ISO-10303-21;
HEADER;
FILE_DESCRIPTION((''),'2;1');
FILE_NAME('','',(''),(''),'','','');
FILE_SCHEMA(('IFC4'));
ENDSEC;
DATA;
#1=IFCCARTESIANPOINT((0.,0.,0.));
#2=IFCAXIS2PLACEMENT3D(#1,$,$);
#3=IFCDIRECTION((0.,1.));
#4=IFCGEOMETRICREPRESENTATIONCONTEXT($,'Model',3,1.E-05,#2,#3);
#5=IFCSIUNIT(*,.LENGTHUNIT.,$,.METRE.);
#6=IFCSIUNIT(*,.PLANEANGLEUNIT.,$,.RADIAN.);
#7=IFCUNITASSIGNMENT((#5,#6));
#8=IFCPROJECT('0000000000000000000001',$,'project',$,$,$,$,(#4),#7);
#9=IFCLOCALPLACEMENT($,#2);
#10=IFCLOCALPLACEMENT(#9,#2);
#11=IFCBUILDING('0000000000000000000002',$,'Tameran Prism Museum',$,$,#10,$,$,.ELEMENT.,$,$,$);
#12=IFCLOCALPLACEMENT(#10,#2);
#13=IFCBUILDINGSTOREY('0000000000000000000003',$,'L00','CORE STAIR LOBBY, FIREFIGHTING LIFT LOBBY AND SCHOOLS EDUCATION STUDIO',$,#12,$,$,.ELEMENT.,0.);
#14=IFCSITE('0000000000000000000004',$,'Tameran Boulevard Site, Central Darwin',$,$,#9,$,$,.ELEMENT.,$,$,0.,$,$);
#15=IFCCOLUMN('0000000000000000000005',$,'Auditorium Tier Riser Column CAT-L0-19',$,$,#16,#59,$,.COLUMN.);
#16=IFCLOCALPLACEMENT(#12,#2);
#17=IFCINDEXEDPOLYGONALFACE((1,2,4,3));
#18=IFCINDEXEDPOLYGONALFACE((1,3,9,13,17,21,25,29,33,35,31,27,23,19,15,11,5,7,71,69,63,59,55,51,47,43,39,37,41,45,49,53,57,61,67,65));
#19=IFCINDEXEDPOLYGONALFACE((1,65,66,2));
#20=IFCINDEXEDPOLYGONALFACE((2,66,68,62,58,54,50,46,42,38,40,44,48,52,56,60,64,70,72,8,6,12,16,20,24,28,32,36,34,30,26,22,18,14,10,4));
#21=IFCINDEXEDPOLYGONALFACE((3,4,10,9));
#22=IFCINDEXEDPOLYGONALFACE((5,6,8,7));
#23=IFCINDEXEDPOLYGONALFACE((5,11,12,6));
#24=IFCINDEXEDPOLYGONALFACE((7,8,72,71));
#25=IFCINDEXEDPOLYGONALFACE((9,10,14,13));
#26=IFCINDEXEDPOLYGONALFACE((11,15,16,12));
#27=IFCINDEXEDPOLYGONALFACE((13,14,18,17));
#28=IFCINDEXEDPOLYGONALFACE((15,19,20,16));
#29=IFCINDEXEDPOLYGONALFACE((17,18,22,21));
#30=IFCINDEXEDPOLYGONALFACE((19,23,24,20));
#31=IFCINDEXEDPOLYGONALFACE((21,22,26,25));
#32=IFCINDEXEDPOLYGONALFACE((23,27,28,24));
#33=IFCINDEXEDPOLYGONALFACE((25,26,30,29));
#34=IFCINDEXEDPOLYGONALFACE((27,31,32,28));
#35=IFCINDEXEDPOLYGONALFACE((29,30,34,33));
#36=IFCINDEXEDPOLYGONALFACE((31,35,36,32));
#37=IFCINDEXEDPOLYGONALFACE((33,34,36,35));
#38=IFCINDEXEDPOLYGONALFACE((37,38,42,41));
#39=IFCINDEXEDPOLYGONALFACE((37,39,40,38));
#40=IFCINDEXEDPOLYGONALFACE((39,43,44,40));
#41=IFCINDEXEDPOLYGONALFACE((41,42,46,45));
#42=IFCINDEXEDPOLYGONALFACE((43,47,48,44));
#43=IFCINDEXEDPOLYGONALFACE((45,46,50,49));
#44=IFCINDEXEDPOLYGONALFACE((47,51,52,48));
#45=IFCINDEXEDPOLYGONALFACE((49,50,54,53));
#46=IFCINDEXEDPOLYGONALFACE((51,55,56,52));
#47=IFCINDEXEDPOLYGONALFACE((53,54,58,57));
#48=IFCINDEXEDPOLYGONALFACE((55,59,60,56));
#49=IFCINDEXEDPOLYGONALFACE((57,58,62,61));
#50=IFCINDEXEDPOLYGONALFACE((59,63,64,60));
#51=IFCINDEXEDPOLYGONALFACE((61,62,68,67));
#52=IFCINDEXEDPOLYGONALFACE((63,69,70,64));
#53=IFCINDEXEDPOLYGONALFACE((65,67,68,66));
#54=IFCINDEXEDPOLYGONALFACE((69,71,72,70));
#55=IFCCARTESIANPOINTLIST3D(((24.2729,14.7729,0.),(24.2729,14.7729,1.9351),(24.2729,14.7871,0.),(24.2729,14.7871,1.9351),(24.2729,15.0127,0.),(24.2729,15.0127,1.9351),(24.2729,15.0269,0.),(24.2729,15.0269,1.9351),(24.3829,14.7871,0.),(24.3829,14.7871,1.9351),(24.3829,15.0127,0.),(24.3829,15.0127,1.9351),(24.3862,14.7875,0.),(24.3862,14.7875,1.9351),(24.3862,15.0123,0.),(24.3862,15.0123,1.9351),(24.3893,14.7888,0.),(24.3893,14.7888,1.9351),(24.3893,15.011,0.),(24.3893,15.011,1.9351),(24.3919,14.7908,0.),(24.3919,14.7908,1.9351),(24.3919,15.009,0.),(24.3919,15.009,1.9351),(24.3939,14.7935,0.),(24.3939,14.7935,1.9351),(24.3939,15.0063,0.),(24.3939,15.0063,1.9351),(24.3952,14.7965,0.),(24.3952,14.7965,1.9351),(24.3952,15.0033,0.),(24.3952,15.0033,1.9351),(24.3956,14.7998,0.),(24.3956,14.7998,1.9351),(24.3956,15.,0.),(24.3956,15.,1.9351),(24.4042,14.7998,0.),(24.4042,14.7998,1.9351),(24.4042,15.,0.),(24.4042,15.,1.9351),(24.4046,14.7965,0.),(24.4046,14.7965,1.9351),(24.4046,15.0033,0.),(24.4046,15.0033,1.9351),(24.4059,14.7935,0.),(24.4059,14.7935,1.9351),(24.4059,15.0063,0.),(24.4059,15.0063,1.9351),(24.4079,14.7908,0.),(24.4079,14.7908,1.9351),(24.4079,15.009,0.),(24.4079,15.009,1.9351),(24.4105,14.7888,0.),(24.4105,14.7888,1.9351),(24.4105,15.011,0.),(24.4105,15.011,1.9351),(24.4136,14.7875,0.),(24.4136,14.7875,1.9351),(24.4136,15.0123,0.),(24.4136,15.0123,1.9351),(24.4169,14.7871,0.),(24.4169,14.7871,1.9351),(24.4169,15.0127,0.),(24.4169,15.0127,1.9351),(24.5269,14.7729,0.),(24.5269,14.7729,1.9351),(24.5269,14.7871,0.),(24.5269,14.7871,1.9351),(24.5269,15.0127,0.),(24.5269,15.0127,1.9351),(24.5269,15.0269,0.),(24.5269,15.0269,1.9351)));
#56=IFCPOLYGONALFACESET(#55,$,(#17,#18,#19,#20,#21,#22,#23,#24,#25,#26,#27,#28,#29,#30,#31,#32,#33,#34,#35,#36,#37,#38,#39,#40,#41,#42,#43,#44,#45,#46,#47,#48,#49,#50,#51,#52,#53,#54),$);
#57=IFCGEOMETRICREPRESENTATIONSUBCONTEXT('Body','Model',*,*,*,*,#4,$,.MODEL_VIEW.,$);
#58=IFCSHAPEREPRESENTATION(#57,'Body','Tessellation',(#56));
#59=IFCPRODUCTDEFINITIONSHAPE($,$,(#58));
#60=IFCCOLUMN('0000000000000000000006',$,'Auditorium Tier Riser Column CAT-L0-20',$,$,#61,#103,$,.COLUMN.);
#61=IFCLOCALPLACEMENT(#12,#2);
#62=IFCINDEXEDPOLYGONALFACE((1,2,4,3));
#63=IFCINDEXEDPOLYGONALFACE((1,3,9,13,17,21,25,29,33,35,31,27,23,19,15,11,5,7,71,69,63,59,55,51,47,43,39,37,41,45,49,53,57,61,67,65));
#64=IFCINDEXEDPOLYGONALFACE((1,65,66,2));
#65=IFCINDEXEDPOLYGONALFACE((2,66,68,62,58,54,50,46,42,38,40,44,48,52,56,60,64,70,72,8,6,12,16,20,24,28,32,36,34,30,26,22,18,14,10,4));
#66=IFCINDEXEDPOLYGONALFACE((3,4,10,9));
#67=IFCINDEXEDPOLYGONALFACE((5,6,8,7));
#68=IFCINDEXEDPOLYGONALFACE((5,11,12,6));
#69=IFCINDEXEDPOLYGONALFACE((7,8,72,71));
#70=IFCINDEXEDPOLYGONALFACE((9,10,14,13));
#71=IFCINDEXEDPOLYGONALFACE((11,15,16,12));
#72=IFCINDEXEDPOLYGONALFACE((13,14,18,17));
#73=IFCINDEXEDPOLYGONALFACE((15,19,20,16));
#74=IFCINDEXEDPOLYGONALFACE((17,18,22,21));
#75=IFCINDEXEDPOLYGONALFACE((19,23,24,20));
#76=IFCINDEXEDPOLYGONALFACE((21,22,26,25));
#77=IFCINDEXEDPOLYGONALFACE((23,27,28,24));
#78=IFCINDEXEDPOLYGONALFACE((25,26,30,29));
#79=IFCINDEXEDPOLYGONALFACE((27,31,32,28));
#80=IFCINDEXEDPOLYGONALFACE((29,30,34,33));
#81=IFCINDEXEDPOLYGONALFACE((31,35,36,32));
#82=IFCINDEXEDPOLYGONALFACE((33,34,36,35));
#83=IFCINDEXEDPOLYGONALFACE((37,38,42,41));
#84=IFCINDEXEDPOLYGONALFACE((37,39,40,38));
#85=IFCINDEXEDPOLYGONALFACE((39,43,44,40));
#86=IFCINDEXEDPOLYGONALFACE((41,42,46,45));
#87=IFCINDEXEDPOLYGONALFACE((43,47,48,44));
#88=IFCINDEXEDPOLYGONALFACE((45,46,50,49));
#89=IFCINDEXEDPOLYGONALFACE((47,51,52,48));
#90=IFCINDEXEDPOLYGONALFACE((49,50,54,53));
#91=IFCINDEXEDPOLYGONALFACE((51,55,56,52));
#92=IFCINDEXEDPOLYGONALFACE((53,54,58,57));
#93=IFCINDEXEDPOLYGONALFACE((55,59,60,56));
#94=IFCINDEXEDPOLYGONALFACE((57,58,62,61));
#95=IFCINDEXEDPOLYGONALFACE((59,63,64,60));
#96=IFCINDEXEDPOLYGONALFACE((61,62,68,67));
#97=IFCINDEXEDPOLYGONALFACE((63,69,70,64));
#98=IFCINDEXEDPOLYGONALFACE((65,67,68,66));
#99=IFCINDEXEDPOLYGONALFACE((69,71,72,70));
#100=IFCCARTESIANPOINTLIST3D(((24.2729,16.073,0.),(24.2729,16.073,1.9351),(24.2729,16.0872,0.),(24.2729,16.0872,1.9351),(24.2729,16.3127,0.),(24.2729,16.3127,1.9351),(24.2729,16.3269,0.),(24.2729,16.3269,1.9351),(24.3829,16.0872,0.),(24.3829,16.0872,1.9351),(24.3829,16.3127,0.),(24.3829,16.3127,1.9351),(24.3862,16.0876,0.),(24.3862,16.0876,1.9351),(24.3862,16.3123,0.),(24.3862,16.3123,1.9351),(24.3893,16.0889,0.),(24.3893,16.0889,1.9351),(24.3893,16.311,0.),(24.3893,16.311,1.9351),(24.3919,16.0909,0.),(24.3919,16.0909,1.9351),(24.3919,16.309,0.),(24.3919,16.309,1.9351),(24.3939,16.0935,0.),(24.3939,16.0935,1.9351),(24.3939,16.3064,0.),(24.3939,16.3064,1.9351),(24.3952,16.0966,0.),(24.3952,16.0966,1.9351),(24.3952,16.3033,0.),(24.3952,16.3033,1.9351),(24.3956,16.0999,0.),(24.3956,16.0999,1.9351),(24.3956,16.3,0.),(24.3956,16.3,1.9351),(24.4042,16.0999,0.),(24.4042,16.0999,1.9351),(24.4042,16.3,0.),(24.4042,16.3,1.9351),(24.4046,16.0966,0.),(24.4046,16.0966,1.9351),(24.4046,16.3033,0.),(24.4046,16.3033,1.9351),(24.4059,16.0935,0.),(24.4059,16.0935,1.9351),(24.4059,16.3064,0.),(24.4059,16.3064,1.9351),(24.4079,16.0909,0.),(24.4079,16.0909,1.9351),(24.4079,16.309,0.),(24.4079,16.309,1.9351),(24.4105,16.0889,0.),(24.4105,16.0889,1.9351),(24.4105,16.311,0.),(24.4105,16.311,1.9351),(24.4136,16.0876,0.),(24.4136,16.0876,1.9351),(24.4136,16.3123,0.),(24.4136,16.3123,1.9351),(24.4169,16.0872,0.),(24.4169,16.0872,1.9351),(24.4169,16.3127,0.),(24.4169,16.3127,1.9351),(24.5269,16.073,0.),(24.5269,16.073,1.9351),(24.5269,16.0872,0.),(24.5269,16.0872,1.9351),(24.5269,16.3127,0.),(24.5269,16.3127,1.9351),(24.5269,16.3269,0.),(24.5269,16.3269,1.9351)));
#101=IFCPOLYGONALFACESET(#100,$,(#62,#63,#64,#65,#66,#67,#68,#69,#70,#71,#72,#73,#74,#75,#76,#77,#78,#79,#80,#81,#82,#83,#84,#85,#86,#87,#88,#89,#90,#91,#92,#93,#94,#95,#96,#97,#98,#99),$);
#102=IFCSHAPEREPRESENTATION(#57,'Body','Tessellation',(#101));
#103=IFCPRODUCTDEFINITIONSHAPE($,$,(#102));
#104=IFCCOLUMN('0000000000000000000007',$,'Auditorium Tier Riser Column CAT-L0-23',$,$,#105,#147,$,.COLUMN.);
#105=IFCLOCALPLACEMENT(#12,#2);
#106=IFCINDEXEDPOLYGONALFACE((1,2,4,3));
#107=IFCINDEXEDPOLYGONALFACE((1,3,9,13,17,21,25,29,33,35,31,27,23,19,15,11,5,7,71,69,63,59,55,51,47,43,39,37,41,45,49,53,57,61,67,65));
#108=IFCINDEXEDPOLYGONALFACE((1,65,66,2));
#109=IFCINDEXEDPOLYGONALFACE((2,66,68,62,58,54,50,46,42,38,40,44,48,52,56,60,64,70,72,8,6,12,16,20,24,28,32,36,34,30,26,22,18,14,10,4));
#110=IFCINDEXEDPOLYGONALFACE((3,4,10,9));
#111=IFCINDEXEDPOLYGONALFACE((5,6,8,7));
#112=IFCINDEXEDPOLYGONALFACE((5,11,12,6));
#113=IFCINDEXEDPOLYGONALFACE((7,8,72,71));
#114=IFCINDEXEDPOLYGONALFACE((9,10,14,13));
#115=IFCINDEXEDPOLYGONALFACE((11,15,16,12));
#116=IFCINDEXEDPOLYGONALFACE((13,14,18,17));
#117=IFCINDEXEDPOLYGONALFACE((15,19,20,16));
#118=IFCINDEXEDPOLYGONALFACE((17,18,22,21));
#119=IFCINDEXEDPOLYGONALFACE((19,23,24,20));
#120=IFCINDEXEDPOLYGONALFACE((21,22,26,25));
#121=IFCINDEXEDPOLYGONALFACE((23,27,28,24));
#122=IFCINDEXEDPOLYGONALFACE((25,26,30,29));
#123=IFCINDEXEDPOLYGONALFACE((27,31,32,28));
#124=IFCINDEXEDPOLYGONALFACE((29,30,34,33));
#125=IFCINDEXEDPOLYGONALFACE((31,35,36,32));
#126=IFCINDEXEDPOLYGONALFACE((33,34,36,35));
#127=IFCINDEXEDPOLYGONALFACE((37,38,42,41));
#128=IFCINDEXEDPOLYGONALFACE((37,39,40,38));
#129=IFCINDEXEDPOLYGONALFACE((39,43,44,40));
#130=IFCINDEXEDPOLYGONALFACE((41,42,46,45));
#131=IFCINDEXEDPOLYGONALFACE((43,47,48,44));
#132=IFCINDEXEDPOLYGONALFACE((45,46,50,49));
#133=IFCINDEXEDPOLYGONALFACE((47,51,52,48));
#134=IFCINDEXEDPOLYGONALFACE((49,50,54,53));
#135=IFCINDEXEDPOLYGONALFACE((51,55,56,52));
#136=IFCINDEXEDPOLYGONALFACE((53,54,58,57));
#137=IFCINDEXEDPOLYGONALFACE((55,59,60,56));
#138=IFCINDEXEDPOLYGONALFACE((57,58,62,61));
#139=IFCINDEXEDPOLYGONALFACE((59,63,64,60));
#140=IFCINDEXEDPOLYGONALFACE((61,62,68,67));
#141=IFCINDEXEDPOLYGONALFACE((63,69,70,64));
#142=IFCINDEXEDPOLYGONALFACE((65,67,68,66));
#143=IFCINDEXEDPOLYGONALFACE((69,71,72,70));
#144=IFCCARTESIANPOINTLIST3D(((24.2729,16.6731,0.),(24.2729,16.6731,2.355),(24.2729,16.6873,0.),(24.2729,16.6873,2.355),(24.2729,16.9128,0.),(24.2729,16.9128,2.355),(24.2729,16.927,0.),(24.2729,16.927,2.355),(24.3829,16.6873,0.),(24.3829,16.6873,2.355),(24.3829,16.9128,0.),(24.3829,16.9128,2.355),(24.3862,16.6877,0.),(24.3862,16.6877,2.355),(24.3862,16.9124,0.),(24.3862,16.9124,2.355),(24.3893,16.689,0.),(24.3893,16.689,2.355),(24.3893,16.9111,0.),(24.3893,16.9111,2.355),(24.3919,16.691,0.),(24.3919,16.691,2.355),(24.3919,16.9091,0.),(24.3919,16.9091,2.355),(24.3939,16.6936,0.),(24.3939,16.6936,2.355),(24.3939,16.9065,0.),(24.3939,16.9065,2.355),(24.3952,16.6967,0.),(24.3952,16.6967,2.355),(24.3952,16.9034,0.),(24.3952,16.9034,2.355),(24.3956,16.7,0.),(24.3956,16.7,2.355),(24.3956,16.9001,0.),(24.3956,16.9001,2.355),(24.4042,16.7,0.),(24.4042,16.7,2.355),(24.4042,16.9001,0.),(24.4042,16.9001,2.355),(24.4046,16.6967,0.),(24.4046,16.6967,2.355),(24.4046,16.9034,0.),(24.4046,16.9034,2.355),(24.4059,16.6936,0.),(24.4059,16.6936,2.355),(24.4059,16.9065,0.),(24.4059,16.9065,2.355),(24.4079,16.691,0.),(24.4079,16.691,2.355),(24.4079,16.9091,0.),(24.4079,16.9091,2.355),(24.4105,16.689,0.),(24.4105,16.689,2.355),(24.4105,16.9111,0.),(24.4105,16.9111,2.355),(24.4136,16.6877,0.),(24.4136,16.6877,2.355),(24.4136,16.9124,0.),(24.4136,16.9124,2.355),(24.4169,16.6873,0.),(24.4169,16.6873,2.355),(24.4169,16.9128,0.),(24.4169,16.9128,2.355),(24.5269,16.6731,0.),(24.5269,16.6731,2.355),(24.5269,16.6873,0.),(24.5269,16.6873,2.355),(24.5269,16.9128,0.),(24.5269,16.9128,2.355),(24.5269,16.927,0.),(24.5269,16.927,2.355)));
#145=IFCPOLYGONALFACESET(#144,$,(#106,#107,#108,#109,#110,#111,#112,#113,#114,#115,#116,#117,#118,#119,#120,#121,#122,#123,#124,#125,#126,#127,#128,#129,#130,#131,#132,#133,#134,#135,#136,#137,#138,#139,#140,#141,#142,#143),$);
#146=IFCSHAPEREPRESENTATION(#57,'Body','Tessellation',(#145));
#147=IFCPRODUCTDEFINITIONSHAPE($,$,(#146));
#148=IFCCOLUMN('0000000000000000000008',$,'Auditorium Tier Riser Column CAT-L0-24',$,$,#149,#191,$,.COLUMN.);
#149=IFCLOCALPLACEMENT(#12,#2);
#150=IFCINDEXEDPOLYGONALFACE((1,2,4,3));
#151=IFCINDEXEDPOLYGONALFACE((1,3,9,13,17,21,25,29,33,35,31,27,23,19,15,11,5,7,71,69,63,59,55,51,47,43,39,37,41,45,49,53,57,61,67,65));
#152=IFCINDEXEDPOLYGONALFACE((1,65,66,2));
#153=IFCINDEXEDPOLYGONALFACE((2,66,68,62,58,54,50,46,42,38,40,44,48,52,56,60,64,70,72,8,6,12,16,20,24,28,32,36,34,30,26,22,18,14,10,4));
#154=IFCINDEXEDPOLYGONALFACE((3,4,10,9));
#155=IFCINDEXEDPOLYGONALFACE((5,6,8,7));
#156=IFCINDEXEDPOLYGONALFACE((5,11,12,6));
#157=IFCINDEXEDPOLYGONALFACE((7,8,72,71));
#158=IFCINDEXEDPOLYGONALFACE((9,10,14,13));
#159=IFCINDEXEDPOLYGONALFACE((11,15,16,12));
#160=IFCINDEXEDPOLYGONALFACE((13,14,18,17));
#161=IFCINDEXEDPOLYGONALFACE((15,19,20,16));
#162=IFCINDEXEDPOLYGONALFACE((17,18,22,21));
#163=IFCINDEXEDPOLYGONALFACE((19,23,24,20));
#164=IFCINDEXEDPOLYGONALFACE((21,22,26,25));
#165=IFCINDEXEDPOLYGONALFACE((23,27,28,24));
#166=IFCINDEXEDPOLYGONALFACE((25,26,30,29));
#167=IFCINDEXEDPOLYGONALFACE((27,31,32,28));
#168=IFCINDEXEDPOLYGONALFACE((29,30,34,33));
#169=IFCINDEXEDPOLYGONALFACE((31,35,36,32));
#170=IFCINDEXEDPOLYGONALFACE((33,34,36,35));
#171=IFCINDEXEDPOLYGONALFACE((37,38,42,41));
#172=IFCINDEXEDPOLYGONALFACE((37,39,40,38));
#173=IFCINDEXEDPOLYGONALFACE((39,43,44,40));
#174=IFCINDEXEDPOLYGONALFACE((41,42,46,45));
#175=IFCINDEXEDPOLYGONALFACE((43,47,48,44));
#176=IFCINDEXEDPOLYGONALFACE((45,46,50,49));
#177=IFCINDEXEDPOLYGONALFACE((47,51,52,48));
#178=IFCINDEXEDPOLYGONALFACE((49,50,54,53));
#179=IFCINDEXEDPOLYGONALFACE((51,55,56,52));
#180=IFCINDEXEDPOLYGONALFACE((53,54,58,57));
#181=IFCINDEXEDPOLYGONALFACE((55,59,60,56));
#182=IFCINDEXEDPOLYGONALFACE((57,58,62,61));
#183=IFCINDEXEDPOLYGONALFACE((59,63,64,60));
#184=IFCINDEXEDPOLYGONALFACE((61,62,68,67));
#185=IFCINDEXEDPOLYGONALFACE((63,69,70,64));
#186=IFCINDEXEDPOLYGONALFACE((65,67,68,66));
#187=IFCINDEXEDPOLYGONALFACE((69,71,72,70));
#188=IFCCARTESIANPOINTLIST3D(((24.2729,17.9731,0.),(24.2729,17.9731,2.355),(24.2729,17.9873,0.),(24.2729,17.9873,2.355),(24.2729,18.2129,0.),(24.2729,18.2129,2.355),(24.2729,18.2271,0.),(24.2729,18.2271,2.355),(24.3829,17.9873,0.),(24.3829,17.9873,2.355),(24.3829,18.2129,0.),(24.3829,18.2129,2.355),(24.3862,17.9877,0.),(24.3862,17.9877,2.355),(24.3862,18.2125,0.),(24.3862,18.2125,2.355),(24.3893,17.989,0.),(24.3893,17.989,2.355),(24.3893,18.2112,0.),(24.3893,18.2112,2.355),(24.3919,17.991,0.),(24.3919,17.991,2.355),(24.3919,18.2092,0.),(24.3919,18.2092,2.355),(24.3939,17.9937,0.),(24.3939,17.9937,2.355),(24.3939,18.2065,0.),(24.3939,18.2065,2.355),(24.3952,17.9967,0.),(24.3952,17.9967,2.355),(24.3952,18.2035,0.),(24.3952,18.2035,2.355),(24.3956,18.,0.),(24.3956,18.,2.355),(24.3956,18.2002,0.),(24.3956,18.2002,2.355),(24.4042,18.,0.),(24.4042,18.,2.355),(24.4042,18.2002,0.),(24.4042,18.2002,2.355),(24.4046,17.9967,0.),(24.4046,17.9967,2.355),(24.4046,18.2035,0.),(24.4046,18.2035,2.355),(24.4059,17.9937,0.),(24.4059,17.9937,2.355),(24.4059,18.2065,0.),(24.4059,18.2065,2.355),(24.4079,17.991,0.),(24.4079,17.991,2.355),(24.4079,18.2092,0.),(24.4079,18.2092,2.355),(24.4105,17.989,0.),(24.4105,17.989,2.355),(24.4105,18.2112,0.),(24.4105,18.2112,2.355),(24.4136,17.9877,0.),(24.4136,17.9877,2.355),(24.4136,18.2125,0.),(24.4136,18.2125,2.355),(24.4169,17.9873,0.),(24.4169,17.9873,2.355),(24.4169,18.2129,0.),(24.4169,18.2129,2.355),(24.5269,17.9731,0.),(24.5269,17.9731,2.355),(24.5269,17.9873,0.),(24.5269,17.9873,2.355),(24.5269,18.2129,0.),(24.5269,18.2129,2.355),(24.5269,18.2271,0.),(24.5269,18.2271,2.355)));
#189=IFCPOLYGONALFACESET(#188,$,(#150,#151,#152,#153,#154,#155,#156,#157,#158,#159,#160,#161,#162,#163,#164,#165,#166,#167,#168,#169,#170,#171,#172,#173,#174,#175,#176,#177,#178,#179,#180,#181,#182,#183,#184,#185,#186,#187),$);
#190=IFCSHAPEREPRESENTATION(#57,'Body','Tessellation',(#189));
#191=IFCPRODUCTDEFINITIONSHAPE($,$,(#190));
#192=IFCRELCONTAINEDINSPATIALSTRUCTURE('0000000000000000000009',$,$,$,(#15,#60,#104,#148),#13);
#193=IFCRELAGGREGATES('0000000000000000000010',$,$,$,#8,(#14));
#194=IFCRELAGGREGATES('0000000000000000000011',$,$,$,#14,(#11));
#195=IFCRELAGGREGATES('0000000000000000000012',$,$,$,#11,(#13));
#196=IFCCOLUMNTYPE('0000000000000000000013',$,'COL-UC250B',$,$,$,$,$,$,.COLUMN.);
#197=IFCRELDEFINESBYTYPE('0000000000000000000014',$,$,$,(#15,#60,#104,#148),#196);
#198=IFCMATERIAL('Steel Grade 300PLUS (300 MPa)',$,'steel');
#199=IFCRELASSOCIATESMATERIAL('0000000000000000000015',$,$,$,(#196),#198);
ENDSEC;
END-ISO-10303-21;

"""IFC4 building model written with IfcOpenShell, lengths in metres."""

from ifc_helpers import new_model, si_unit, direction, frame, origin, origin_2d, place, context, subcontext, project, spatial, i_section, extrude, material, material_profile, profile_set, type_object, element, save


model = new_model("IFC4")

# Units and contexts
model_context = context("Model", 3, precision=1e-05, world=origin(), true_north=direction((0.0, 1.0)))
body_context = subcontext(model_context, "Body", "Model", "MODEL_VIEW")
ifc_project = project(units=[si_unit("LENGTHUNIT", "METRE"), si_unit("PLANEANGLEUNIT", "RADIAN")], contexts=[model_context])

# Site, building, storey
site_placement = place(None, origin())
site = spatial("IfcSite", under=ifc_project, at=site_placement, Name="Tameran Boulevard Site, Central Darwin", CompositionType="ELEMENT", RefElevation=0.0)
building_placement = place(site_placement, origin())
building = spatial("IfcBuilding", under=site, at=building_placement, Name="Tameran Prism Museum", CompositionType="ELEMENT")
storey_placement = place(building_placement, origin())
storey = spatial("IfcBuildingStorey", under=building, at=storey_placement, Name="L00", Description="CORE STAIR LOBBY, FIREFIGHTING LIFT LOBBY AND SCHOOLS EDUCATION STUDIO", CompositionType="ELEMENT", Elevation=0.0)

# Columns
ifc_material_1 = material(Name="Steel Grade 300PLUS (300 MPa)", Category="steel")
ifc_material_profile_1 = material_profile(ifc_material_1, i_section(OverallWidth=0.2539, OverallDepth=0.2539, WebThickness=0.0085, FlangeThickness=0.0142, FilletRadius=0.0127, at=origin_2d()))
ifc_profile_set_1 = profile_set([ifc_material_profile_1])
column_type_1 = type_object("IfcColumnType", Name="COL-UC250B", PredefinedType="COLUMN", material=ifc_profile_set_1)
for number, where, z_axis, x_axis, name in (
    (1, (24.3999, 14.8999, 0.0), (0.0, 0.0, 1.0), (1.0, 0.0, 0.0), "Auditorium Tier Riser Column CAT-L0-19"),
    (2, (24.3999, 16.2, 0.0), (0.0, 0.0, 1.0), (1.0, 0.0, 0.0), "Auditorium Tier Riser Column CAT-L0-20"),
):
    element("IfcColumn", number, at=place(storey_placement, frame(where, z_axis=z_axis, x_axis=x_axis)), inside=storey, type_object=column_type_1, Name=name, PredefinedType="COLUMN", context=body_context, shape_type="SweptSolid", body=[
        extrude(i_section(OverallWidth=0.2539, OverallDepth=0.2539, WebThickness=0.0085, FlangeThickness=0.0142, FilletRadius=0.0127, at=origin_2d()), origin(), (0.0, 0.0, 1.0), 1.9351),
    ])
for number, where, z_axis, x_axis, name in (
    (3, (24.3999, 16.8, 0.0), (0.0, 0.0, 1.0), (1.0, 0.0, 0.0), "Auditorium Tier Riser Column CAT-L0-23"),
    (4, (24.3999, 18.1001, 0.0), (0.0, 0.0, 1.0), (1.0, 0.0, 0.0), "Auditorium Tier Riser Column CAT-L0-24"),
):
    element("IfcColumn", number, at=place(storey_placement, frame(where, z_axis=z_axis, x_axis=x_axis)), inside=storey, type_object=column_type_1, Name=name, PredefinedType="COLUMN", context=body_context, shape_type="SweptSolid", body=[
        extrude(i_section(OverallWidth=0.2539, OverallDepth=0.2539, WebThickness=0.0085, FlangeThickness=0.0142, FilletRadius=0.0127, at=origin_2d()), origin(), (0.0, 0.0, 1.0), 2.355),
    ])

save(model, "model.ifc")
